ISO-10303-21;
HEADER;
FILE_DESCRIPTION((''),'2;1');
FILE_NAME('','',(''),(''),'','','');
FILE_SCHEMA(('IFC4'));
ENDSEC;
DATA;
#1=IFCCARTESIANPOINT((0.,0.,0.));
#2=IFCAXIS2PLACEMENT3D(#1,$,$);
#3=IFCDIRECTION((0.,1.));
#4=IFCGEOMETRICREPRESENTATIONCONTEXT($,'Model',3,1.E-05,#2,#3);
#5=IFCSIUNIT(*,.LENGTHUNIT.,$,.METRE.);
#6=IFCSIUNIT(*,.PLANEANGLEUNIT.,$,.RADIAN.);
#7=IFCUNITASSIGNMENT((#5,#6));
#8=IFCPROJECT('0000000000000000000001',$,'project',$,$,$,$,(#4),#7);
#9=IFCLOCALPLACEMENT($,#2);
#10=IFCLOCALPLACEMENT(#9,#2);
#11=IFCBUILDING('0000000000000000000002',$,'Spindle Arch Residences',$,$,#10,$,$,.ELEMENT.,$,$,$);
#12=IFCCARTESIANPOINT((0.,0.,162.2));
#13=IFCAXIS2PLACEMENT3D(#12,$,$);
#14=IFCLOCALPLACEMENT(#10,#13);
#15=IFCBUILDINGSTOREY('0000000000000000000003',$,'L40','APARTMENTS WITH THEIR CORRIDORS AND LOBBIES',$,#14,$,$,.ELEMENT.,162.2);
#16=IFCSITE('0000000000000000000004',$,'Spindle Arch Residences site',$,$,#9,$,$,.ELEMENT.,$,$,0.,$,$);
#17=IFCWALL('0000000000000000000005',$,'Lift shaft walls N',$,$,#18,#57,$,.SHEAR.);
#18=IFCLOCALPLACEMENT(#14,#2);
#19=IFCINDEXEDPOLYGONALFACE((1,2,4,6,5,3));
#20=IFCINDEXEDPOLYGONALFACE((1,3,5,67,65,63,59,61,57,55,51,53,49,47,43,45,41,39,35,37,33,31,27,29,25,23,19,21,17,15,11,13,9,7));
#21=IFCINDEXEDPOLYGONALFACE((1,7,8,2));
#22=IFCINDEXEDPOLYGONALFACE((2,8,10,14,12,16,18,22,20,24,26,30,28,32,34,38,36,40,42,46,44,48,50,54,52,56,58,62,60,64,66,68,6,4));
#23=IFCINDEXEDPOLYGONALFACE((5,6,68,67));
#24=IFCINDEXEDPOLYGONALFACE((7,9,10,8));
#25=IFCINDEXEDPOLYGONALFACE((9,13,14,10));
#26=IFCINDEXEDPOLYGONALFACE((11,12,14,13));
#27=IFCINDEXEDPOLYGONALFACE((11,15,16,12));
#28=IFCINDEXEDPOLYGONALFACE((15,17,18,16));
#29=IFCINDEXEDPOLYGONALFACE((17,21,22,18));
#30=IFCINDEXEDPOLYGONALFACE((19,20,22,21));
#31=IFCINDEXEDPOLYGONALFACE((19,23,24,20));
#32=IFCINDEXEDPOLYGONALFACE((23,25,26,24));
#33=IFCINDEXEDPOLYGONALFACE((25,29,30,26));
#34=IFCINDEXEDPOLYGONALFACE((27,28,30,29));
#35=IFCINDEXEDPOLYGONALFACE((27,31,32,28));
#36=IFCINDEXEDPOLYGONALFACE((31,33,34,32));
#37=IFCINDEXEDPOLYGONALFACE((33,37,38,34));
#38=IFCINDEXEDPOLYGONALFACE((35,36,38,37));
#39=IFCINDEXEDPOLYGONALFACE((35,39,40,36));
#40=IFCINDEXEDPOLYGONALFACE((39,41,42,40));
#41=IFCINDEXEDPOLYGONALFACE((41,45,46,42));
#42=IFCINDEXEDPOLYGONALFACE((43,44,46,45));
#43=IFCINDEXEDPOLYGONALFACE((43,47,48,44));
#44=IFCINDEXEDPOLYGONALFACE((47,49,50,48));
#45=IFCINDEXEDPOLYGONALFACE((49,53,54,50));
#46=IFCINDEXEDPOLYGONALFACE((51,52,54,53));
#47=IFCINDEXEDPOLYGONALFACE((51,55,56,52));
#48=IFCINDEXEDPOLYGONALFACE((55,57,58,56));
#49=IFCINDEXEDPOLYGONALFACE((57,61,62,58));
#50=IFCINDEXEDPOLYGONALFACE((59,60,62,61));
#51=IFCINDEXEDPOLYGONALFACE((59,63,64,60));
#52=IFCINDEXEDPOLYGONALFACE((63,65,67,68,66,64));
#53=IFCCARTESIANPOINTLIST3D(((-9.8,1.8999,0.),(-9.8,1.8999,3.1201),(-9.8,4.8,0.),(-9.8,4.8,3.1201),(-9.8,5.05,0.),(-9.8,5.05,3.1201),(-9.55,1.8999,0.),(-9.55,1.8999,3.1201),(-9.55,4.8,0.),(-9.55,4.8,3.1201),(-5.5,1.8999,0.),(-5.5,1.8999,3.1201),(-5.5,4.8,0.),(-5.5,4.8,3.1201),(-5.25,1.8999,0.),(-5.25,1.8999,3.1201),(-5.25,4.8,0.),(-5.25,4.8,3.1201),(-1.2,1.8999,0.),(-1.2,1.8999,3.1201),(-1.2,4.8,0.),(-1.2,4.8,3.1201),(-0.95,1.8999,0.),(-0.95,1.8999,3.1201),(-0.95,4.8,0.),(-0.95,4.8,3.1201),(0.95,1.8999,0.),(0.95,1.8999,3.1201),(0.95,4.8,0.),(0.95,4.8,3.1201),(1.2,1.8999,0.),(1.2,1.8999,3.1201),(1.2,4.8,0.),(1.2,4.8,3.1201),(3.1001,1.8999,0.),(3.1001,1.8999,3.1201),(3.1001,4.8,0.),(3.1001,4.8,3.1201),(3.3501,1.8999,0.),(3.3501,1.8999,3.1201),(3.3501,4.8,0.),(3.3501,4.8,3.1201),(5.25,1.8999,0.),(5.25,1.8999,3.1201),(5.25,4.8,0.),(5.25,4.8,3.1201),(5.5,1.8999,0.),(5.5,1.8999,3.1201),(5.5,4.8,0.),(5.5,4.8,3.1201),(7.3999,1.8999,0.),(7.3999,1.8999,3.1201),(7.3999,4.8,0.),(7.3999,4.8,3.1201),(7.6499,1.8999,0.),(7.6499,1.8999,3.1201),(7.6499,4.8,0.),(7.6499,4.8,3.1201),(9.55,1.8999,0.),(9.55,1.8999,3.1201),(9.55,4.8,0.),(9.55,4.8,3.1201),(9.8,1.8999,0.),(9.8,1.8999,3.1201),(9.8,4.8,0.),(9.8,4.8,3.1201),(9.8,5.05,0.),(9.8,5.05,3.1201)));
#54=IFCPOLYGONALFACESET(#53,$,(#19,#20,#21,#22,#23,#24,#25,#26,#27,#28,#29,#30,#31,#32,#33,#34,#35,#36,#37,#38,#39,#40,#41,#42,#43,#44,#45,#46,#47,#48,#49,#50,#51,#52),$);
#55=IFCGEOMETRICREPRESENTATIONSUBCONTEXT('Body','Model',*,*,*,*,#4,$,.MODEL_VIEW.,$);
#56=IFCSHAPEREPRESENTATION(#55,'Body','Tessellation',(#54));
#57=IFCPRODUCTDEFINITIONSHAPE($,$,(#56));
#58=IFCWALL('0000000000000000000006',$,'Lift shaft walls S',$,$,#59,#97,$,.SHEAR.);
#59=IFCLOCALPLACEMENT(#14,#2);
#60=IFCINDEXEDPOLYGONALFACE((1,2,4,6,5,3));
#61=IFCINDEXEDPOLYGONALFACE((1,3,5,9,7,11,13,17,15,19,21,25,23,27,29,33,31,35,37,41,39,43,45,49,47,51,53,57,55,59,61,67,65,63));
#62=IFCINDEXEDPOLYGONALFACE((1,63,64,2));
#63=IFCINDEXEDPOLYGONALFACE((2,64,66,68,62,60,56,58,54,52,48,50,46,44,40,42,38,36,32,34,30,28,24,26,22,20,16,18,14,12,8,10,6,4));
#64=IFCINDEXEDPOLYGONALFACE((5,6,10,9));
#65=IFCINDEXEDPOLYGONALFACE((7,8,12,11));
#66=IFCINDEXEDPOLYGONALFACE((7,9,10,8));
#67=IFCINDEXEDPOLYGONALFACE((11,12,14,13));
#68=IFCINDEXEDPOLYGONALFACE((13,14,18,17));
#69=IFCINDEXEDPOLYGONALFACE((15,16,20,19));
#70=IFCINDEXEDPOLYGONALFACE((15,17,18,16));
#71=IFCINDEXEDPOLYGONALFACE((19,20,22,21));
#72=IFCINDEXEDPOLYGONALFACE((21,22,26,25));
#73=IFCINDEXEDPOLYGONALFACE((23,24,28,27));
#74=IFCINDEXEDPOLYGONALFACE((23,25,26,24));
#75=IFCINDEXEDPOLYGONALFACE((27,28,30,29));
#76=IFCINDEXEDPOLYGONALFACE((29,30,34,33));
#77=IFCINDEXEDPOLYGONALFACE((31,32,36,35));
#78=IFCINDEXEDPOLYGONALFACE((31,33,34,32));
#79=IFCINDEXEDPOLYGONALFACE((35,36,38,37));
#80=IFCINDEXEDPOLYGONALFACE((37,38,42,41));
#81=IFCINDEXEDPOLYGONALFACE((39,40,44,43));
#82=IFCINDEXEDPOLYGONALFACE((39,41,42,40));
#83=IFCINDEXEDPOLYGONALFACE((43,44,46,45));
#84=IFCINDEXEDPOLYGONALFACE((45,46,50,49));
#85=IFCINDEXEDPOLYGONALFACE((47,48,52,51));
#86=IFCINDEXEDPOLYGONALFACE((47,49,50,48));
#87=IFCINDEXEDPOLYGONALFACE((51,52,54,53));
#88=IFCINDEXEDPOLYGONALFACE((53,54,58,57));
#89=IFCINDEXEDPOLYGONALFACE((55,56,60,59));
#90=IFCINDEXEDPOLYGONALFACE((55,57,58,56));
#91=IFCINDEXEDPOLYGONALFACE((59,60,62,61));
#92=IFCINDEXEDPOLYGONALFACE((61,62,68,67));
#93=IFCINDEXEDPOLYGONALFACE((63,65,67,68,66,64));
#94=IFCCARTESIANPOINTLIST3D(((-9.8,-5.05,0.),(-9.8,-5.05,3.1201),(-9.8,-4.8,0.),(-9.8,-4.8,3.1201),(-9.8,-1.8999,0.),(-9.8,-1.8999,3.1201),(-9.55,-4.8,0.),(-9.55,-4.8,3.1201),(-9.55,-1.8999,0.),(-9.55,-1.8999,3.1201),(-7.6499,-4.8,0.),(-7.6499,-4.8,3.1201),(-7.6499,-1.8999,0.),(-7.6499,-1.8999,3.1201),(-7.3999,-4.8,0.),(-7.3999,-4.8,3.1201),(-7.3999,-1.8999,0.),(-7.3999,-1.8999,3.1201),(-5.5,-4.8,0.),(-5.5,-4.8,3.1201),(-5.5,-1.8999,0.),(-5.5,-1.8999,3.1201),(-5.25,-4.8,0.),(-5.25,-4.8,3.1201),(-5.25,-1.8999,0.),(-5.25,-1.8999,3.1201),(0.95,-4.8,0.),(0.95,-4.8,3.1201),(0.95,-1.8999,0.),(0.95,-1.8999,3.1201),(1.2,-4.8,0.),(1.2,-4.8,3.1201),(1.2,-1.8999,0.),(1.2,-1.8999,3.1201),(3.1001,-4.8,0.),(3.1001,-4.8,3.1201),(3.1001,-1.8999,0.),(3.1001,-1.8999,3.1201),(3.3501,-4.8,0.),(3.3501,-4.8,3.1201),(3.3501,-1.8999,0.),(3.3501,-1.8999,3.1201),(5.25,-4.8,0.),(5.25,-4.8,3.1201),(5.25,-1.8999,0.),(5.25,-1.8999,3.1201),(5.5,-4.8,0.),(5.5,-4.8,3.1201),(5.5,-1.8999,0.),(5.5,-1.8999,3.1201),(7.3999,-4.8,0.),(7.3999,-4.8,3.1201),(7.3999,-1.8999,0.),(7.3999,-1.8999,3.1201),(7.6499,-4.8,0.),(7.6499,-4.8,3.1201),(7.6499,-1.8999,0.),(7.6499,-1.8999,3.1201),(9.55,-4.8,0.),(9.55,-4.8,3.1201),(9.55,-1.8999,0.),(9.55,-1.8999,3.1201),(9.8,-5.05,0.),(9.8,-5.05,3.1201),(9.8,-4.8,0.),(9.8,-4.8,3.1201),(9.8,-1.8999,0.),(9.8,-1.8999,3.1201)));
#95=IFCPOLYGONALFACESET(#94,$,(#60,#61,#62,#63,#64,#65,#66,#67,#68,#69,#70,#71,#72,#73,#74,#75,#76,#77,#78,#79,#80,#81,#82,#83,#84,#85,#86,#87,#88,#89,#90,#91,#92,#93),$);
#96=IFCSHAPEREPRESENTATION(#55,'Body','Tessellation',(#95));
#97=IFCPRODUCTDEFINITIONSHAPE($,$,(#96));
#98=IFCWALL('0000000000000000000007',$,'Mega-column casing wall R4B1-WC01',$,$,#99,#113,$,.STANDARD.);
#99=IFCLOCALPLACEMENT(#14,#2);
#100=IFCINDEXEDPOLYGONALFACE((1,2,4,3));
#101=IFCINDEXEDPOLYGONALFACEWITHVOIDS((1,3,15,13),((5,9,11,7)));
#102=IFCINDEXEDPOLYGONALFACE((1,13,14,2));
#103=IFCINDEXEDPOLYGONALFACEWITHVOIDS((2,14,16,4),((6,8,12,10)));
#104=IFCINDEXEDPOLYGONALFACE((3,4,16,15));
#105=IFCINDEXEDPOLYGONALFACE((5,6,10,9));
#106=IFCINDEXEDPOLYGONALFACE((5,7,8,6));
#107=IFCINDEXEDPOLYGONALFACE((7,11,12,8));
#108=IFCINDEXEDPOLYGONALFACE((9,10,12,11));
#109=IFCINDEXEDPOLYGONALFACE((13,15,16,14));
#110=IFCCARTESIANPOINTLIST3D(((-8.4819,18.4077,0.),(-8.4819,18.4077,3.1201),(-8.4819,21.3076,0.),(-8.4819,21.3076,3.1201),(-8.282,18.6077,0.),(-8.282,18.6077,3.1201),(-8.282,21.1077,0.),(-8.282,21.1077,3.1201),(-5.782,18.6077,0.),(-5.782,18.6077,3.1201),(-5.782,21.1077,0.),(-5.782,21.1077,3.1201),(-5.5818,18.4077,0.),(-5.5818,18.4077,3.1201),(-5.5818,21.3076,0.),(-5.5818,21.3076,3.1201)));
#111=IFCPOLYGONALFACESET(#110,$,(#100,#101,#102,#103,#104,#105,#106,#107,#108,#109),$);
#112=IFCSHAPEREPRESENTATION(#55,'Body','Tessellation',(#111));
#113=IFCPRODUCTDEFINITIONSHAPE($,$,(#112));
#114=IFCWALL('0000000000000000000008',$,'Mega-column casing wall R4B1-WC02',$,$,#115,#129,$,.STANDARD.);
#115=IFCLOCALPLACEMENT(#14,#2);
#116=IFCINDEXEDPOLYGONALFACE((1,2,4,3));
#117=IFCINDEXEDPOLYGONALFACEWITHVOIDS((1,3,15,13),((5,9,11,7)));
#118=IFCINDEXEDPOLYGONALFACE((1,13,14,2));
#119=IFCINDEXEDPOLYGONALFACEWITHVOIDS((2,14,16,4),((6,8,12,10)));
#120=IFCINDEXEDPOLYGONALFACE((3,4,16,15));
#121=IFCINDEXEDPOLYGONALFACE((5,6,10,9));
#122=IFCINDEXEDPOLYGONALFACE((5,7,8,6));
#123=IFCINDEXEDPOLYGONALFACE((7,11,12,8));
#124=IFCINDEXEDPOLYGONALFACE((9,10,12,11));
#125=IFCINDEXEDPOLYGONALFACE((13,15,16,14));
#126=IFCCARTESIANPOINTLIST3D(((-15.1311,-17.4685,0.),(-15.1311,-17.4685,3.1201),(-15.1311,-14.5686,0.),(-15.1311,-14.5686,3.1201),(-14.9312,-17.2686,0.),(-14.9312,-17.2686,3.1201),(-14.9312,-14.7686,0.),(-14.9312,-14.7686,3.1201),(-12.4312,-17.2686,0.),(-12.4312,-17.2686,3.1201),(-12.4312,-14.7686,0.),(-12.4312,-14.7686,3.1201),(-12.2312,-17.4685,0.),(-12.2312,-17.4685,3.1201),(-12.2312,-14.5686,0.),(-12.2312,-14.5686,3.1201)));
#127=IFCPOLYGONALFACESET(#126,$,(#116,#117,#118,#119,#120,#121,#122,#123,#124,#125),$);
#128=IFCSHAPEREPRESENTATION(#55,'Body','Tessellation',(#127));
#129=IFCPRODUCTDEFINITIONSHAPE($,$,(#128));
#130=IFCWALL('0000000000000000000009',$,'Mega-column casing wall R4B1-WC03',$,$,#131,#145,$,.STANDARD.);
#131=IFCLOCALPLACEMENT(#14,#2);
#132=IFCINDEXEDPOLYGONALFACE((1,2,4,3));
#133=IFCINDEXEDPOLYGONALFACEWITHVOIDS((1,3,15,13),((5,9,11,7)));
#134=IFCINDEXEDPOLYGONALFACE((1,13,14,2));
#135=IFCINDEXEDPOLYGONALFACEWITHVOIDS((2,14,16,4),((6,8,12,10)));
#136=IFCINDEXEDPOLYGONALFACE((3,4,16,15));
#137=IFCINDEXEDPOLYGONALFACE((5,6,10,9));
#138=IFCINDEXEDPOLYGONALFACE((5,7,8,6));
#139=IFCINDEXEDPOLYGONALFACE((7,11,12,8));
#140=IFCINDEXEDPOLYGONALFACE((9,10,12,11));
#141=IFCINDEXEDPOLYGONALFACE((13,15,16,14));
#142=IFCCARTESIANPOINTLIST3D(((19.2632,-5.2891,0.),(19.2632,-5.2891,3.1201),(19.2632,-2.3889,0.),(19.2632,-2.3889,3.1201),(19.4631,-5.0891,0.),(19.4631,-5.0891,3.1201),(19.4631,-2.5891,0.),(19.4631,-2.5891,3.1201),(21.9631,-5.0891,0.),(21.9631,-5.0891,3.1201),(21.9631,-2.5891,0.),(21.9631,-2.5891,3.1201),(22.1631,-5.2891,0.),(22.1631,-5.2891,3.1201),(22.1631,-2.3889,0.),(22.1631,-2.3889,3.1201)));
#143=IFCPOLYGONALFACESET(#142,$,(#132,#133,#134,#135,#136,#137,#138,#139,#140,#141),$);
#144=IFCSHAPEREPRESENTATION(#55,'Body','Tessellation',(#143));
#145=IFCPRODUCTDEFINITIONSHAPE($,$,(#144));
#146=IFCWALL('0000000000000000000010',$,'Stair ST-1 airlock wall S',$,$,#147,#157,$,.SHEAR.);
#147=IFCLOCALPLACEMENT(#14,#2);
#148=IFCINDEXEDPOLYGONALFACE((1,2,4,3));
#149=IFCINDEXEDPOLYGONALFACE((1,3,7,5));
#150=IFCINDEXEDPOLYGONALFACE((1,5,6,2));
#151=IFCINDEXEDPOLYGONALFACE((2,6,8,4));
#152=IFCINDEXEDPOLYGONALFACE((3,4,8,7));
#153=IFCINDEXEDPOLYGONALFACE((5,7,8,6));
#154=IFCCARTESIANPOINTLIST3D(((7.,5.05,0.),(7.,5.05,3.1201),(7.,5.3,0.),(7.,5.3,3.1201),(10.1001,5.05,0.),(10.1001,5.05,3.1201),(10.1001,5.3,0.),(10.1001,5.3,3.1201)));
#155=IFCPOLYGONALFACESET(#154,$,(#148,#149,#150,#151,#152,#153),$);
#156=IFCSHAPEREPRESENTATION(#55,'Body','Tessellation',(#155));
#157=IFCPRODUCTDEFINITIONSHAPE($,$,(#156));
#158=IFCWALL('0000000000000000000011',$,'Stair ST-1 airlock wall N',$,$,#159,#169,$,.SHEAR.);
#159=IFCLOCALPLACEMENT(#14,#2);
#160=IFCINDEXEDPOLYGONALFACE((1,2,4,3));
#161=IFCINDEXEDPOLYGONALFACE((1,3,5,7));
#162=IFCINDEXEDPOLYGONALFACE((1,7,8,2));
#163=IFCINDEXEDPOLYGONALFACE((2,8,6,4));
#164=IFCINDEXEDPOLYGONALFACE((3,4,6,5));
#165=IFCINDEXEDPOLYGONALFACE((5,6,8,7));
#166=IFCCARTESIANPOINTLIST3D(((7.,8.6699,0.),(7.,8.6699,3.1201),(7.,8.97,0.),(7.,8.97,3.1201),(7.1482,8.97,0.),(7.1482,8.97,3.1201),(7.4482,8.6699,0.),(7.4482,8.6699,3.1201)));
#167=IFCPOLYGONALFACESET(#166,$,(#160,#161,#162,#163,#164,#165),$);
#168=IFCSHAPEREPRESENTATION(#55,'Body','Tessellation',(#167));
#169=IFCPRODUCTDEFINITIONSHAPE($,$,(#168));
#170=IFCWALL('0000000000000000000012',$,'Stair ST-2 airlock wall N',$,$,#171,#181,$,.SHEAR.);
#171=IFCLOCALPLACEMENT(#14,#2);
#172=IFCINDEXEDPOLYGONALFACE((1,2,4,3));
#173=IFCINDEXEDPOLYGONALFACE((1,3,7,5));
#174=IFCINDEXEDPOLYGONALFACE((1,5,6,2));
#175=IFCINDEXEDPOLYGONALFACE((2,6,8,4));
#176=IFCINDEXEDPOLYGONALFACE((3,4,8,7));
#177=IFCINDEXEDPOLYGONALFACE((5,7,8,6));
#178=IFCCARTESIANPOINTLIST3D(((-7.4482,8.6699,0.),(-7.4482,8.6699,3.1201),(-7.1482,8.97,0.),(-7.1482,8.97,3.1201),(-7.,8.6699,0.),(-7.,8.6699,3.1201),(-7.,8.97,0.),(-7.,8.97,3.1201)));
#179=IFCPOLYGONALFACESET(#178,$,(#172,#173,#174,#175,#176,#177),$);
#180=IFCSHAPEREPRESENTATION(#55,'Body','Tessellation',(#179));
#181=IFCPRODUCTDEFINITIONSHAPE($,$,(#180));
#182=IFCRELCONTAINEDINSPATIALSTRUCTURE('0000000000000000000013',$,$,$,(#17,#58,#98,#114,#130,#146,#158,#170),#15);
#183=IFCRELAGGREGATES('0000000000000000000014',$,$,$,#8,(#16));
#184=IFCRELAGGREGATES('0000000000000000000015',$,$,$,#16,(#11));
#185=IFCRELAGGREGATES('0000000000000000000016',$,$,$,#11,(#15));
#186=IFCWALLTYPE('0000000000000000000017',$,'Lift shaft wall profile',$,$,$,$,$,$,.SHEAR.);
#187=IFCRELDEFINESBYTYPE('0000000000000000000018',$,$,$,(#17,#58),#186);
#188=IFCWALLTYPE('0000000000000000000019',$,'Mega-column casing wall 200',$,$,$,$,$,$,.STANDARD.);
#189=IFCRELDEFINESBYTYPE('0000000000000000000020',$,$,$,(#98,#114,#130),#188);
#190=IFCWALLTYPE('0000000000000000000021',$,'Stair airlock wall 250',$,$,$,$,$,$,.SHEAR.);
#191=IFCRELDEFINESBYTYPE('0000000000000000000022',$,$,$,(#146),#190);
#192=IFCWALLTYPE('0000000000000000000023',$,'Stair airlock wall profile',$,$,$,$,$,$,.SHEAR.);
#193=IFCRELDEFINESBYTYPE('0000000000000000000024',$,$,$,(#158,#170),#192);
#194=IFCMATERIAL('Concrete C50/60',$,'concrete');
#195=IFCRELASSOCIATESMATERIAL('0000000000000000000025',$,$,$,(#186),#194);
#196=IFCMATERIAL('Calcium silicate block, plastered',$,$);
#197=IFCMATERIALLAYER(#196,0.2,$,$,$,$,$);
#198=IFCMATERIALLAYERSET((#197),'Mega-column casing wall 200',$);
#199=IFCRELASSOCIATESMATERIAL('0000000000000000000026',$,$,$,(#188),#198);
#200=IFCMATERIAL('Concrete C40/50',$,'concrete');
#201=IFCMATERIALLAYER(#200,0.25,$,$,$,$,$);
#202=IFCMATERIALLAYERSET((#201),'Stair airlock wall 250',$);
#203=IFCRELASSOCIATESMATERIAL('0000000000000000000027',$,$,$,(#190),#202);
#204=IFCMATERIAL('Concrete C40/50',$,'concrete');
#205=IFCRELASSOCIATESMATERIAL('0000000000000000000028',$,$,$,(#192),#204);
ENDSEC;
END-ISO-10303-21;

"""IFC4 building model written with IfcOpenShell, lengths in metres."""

from ifc_helpers import new_model, si_unit, direction, frame, frame_2d, origin, place, context, subcontext, project, spatial, polyline, rectangle, outline, extrude, material, layer, layer_set, type_object, element, save


model = new_model("IFC4")

# Units and contexts
model_context = context("Model", 3, precision=1e-05, world=origin(), true_north=direction((0.0, 1.0)))
body_context = subcontext(model_context, "Body", "Model", "MODEL_VIEW")
ifc_project = project(units=[si_unit("LENGTHUNIT", "METRE"), si_unit("PLANEANGLEUNIT", "RADIAN")], contexts=[model_context])

# Site, building, storey
site_placement = place(None, origin())
site = spatial("IfcSite", under=ifc_project, at=site_placement, Name="Spindle Arch Residences site", CompositionType="ELEMENT", RefElevation=0.0)
building_placement = place(site_placement, origin())
building = spatial("IfcBuilding", under=site, at=building_placement, Name="Spindle Arch Residences", CompositionType="ELEMENT")
storey_placement = place(building_placement, frame((0.0, 0.0, 162.2)))
storey = spatial("IfcBuildingStorey", under=building, at=storey_placement, Name="L40", Description="APARTMENTS WITH THEIR CORRIDORS AND LOBBIES", CompositionType="ELEMENT", Elevation=162.2)

# Walls
ifc_material_1 = material(Name="Concrete C50/60", Category="concrete")
wall_type_1 = type_object("IfcWallType", Name="Lift shaft wall profile", PredefinedType="SHEAR", material=ifc_material_1)
wall_1_placement = place(storey_placement, origin())
element("IfcWall", 1, at=wall_1_placement, inside=storey, type_object=wall_type_1, Name="Lift shaft walls N", PredefinedType="SHEAR", context=body_context, shape_type="SweptSolid", body=[
    extrude(outline(polyline([(-9.55, 4.8), (-5.5, 4.8), (-5.5, 1.8999), (-5.25, 1.8999), (-5.25, 4.8), (-1.2, 4.8), (-1.2, 1.8999), (-0.95, 1.8999), (-0.95, 4.8), (0.95, 4.8), (0.95, 1.8999), (1.2, 1.8999), (1.2, 4.8), (3.1001, 4.8), (3.1001, 1.8999), (3.3501, 1.8999), (3.3501, 4.8), (5.25, 4.8), (5.25, 1.8999), (5.5, 1.8999), (5.5, 4.8), (7.3999, 4.8), (7.3999, 1.8999), (7.6499, 1.8999), (7.6499, 4.8), (9.55, 4.8), (9.55, 1.8999), (9.8, 1.8999), (9.8, 4.8), (9.8, 5.05), (-9.8, 5.05), (-9.8, 4.8), (-9.8, 1.8999), (-9.55, 1.8999), (-9.55, 4.8)])), origin(), (0.0, 0.0, 1.0), 3.1201),
])
wall_2_placement = place(storey_placement, origin())
element("IfcWall", 2, at=wall_2_placement, inside=storey, type_object=wall_type_1, Name="Lift shaft walls S", PredefinedType="SHEAR", context=body_context, shape_type="SweptSolid", body=[
    extrude(outline(polyline([(9.8, -5.05), (9.8, -4.8), (9.8, -1.8999), (9.55, -1.8999), (9.55, -4.8), (7.6499, -4.8), (7.6499, -1.8999), (7.3999, -1.8999), (7.3999, -4.8), (5.5, -4.8), (5.5, -1.8999), (5.25, -1.8999), (5.25, -4.8), (3.3501, -4.8), (3.3501, -1.8999), (3.1001, -1.8999), (3.1001, -4.8), (1.2, -4.8), (1.2, -1.8999), (0.95, -1.8999), (0.95, -4.8), (-5.25, -4.8), (-5.25, -1.8999), (-5.5, -1.8999), (-5.5, -4.8), (-7.3999, -4.8), (-7.3999, -1.8999), (-7.6499, -1.8999), (-7.6499, -4.8), (-9.55, -4.8), (-9.55, -1.8999), (-9.8, -1.8999), (-9.8, -4.8), (-9.8, -5.05), (9.8, -5.05)])), origin(), (0.0, 0.0, 1.0), 3.1201),
])
ifc_material_2 = material(Name="Calcium silicate block, plastered")
ifc_layer_1 = layer(ifc_material_2, 0.2)
ifc_layer_set_1 = layer_set([ifc_layer_1], Name="Mega-column casing wall 200")
wall_type_2 = type_object("IfcWallType", Name="Mega-column casing wall 200", PredefinedType="STANDARD", material=ifc_layer_set_1)
wall_3_placement = place(storey_placement, origin())
element("IfcWall", 3, at=wall_3_placement, inside=storey, type_object=wall_type_2, Name="Mega-column casing wall R4B1-WC01", PredefinedType="STANDARD", context=body_context, shape_type="SweptSolid", body=[
    extrude(outline(polyline([(-5.5818, 21.3076), (-5.5818, 18.4077), (-8.4819, 18.4077), (-8.4819, 21.3076), (-5.5818, 21.3076)]), holes=[polyline([(-8.282, 18.6077), (-5.782, 18.6077), (-5.782, 21.1077), (-8.282, 21.1077), (-8.282, 18.6077)])]), origin(), (0.0, 0.0, 1.0), 3.1201),
])
wall_4_placement = place(storey_placement, origin())
element("IfcWall", 4, at=wall_4_placement, inside=storey, type_object=wall_type_2, Name="Mega-column casing wall R4B1-WC02", PredefinedType="STANDARD", context=body_context, shape_type="SweptSolid", body=[
    extrude(outline(polyline([(-12.2312, -14.5686), (-12.2312, -17.4685), (-15.1311, -17.4685), (-15.1311, -14.5686), (-12.2312, -14.5686)]), holes=[polyline([(-14.9312, -17.2686), (-12.4312, -17.2686), (-12.4312, -14.7686), (-14.9312, -14.7686), (-14.9312, -17.2686)])]), origin(), (0.0, 0.0, 1.0), 3.1201),
])
wall_5_placement = place(storey_placement, origin())
element("IfcWall", 5, at=wall_5_placement, inside=storey, type_object=wall_type_2, Name="Mega-column casing wall R4B1-WC03", PredefinedType="STANDARD", context=body_context, shape_type="SweptSolid", body=[
    extrude(outline(polyline([(22.1631, -2.3889), (22.1631, -5.2891), (19.2632, -5.2891), (19.2632, -2.3889), (22.1631, -2.3889)]), holes=[polyline([(19.4631, -5.0891), (21.9631, -5.0891), (21.9631, -2.5891), (19.4631, -2.5891), (19.4631, -5.0891)])]), origin(), (0.0, 0.0, 1.0), 3.1201),
])
ifc_material_3 = material(Name="Concrete C40/50", Category="concrete")
ifc_layer_2 = layer(ifc_material_3, 0.25)
ifc_layer_set_2 = layer_set([ifc_layer_2], Name="Stair airlock wall 250")
wall_type_3 = type_object("IfcWallType", Name="Stair airlock wall 250", PredefinedType="SHEAR", material=ifc_layer_set_2)
wall_6_placement = place(storey_placement, frame((7.0, 5.175, 0.0), z_axis=(0.0, 0.0, 1.0), x_axis=(1.0, 0.0, 0.0)))
element("IfcWall", 6, at=wall_6_placement, inside=storey, type_object=wall_type_3, Name="Stair ST-1 airlock wall S", PredefinedType="SHEAR", context=body_context, shape_type="SweptSolid", body=[
    extrude(rectangle(XDim=3.1001, YDim=0.25, at=frame_2d((1.55, 0.0))), origin(), (0.0, 0.0, 1.0), 3.1201),
])
ifc_material_4 = material(Name="Concrete C40/50", Category="concrete")
wall_type_4 = type_object("IfcWallType", Name="Stair airlock wall profile", PredefinedType="SHEAR", material=ifc_material_4)
wall_7_placement = place(storey_placement, origin())
element("IfcWall", 7, at=wall_7_placement, inside=storey, type_object=wall_type_4, Name="Stair ST-1 airlock wall N", PredefinedType="SHEAR", context=body_context, shape_type="SweptSolid", body=[
    extrude(outline(polyline([(7.4482, 8.6699), (7.0, 8.6699), (7.0, 8.97), (7.1482, 8.97), (7.4482, 8.6699)])), origin(), (0.0, 0.0, 1.0), 3.1201),
])
wall_8_placement = place(storey_placement, origin())
element("IfcWall", 8, at=wall_8_placement, inside=storey, type_object=wall_type_4, Name="Stair ST-2 airlock wall N", PredefinedType="SHEAR", context=body_context, shape_type="SweptSolid", body=[
    extrude(outline(polyline([(-7.1482, 8.97), (-7.0, 8.97), (-7.0, 8.6699), (-7.4482, 8.6699), (-7.1482, 8.97)])), origin(), (0.0, 0.0, 1.0), 3.1201),
])

save(model, "model.ifc")
